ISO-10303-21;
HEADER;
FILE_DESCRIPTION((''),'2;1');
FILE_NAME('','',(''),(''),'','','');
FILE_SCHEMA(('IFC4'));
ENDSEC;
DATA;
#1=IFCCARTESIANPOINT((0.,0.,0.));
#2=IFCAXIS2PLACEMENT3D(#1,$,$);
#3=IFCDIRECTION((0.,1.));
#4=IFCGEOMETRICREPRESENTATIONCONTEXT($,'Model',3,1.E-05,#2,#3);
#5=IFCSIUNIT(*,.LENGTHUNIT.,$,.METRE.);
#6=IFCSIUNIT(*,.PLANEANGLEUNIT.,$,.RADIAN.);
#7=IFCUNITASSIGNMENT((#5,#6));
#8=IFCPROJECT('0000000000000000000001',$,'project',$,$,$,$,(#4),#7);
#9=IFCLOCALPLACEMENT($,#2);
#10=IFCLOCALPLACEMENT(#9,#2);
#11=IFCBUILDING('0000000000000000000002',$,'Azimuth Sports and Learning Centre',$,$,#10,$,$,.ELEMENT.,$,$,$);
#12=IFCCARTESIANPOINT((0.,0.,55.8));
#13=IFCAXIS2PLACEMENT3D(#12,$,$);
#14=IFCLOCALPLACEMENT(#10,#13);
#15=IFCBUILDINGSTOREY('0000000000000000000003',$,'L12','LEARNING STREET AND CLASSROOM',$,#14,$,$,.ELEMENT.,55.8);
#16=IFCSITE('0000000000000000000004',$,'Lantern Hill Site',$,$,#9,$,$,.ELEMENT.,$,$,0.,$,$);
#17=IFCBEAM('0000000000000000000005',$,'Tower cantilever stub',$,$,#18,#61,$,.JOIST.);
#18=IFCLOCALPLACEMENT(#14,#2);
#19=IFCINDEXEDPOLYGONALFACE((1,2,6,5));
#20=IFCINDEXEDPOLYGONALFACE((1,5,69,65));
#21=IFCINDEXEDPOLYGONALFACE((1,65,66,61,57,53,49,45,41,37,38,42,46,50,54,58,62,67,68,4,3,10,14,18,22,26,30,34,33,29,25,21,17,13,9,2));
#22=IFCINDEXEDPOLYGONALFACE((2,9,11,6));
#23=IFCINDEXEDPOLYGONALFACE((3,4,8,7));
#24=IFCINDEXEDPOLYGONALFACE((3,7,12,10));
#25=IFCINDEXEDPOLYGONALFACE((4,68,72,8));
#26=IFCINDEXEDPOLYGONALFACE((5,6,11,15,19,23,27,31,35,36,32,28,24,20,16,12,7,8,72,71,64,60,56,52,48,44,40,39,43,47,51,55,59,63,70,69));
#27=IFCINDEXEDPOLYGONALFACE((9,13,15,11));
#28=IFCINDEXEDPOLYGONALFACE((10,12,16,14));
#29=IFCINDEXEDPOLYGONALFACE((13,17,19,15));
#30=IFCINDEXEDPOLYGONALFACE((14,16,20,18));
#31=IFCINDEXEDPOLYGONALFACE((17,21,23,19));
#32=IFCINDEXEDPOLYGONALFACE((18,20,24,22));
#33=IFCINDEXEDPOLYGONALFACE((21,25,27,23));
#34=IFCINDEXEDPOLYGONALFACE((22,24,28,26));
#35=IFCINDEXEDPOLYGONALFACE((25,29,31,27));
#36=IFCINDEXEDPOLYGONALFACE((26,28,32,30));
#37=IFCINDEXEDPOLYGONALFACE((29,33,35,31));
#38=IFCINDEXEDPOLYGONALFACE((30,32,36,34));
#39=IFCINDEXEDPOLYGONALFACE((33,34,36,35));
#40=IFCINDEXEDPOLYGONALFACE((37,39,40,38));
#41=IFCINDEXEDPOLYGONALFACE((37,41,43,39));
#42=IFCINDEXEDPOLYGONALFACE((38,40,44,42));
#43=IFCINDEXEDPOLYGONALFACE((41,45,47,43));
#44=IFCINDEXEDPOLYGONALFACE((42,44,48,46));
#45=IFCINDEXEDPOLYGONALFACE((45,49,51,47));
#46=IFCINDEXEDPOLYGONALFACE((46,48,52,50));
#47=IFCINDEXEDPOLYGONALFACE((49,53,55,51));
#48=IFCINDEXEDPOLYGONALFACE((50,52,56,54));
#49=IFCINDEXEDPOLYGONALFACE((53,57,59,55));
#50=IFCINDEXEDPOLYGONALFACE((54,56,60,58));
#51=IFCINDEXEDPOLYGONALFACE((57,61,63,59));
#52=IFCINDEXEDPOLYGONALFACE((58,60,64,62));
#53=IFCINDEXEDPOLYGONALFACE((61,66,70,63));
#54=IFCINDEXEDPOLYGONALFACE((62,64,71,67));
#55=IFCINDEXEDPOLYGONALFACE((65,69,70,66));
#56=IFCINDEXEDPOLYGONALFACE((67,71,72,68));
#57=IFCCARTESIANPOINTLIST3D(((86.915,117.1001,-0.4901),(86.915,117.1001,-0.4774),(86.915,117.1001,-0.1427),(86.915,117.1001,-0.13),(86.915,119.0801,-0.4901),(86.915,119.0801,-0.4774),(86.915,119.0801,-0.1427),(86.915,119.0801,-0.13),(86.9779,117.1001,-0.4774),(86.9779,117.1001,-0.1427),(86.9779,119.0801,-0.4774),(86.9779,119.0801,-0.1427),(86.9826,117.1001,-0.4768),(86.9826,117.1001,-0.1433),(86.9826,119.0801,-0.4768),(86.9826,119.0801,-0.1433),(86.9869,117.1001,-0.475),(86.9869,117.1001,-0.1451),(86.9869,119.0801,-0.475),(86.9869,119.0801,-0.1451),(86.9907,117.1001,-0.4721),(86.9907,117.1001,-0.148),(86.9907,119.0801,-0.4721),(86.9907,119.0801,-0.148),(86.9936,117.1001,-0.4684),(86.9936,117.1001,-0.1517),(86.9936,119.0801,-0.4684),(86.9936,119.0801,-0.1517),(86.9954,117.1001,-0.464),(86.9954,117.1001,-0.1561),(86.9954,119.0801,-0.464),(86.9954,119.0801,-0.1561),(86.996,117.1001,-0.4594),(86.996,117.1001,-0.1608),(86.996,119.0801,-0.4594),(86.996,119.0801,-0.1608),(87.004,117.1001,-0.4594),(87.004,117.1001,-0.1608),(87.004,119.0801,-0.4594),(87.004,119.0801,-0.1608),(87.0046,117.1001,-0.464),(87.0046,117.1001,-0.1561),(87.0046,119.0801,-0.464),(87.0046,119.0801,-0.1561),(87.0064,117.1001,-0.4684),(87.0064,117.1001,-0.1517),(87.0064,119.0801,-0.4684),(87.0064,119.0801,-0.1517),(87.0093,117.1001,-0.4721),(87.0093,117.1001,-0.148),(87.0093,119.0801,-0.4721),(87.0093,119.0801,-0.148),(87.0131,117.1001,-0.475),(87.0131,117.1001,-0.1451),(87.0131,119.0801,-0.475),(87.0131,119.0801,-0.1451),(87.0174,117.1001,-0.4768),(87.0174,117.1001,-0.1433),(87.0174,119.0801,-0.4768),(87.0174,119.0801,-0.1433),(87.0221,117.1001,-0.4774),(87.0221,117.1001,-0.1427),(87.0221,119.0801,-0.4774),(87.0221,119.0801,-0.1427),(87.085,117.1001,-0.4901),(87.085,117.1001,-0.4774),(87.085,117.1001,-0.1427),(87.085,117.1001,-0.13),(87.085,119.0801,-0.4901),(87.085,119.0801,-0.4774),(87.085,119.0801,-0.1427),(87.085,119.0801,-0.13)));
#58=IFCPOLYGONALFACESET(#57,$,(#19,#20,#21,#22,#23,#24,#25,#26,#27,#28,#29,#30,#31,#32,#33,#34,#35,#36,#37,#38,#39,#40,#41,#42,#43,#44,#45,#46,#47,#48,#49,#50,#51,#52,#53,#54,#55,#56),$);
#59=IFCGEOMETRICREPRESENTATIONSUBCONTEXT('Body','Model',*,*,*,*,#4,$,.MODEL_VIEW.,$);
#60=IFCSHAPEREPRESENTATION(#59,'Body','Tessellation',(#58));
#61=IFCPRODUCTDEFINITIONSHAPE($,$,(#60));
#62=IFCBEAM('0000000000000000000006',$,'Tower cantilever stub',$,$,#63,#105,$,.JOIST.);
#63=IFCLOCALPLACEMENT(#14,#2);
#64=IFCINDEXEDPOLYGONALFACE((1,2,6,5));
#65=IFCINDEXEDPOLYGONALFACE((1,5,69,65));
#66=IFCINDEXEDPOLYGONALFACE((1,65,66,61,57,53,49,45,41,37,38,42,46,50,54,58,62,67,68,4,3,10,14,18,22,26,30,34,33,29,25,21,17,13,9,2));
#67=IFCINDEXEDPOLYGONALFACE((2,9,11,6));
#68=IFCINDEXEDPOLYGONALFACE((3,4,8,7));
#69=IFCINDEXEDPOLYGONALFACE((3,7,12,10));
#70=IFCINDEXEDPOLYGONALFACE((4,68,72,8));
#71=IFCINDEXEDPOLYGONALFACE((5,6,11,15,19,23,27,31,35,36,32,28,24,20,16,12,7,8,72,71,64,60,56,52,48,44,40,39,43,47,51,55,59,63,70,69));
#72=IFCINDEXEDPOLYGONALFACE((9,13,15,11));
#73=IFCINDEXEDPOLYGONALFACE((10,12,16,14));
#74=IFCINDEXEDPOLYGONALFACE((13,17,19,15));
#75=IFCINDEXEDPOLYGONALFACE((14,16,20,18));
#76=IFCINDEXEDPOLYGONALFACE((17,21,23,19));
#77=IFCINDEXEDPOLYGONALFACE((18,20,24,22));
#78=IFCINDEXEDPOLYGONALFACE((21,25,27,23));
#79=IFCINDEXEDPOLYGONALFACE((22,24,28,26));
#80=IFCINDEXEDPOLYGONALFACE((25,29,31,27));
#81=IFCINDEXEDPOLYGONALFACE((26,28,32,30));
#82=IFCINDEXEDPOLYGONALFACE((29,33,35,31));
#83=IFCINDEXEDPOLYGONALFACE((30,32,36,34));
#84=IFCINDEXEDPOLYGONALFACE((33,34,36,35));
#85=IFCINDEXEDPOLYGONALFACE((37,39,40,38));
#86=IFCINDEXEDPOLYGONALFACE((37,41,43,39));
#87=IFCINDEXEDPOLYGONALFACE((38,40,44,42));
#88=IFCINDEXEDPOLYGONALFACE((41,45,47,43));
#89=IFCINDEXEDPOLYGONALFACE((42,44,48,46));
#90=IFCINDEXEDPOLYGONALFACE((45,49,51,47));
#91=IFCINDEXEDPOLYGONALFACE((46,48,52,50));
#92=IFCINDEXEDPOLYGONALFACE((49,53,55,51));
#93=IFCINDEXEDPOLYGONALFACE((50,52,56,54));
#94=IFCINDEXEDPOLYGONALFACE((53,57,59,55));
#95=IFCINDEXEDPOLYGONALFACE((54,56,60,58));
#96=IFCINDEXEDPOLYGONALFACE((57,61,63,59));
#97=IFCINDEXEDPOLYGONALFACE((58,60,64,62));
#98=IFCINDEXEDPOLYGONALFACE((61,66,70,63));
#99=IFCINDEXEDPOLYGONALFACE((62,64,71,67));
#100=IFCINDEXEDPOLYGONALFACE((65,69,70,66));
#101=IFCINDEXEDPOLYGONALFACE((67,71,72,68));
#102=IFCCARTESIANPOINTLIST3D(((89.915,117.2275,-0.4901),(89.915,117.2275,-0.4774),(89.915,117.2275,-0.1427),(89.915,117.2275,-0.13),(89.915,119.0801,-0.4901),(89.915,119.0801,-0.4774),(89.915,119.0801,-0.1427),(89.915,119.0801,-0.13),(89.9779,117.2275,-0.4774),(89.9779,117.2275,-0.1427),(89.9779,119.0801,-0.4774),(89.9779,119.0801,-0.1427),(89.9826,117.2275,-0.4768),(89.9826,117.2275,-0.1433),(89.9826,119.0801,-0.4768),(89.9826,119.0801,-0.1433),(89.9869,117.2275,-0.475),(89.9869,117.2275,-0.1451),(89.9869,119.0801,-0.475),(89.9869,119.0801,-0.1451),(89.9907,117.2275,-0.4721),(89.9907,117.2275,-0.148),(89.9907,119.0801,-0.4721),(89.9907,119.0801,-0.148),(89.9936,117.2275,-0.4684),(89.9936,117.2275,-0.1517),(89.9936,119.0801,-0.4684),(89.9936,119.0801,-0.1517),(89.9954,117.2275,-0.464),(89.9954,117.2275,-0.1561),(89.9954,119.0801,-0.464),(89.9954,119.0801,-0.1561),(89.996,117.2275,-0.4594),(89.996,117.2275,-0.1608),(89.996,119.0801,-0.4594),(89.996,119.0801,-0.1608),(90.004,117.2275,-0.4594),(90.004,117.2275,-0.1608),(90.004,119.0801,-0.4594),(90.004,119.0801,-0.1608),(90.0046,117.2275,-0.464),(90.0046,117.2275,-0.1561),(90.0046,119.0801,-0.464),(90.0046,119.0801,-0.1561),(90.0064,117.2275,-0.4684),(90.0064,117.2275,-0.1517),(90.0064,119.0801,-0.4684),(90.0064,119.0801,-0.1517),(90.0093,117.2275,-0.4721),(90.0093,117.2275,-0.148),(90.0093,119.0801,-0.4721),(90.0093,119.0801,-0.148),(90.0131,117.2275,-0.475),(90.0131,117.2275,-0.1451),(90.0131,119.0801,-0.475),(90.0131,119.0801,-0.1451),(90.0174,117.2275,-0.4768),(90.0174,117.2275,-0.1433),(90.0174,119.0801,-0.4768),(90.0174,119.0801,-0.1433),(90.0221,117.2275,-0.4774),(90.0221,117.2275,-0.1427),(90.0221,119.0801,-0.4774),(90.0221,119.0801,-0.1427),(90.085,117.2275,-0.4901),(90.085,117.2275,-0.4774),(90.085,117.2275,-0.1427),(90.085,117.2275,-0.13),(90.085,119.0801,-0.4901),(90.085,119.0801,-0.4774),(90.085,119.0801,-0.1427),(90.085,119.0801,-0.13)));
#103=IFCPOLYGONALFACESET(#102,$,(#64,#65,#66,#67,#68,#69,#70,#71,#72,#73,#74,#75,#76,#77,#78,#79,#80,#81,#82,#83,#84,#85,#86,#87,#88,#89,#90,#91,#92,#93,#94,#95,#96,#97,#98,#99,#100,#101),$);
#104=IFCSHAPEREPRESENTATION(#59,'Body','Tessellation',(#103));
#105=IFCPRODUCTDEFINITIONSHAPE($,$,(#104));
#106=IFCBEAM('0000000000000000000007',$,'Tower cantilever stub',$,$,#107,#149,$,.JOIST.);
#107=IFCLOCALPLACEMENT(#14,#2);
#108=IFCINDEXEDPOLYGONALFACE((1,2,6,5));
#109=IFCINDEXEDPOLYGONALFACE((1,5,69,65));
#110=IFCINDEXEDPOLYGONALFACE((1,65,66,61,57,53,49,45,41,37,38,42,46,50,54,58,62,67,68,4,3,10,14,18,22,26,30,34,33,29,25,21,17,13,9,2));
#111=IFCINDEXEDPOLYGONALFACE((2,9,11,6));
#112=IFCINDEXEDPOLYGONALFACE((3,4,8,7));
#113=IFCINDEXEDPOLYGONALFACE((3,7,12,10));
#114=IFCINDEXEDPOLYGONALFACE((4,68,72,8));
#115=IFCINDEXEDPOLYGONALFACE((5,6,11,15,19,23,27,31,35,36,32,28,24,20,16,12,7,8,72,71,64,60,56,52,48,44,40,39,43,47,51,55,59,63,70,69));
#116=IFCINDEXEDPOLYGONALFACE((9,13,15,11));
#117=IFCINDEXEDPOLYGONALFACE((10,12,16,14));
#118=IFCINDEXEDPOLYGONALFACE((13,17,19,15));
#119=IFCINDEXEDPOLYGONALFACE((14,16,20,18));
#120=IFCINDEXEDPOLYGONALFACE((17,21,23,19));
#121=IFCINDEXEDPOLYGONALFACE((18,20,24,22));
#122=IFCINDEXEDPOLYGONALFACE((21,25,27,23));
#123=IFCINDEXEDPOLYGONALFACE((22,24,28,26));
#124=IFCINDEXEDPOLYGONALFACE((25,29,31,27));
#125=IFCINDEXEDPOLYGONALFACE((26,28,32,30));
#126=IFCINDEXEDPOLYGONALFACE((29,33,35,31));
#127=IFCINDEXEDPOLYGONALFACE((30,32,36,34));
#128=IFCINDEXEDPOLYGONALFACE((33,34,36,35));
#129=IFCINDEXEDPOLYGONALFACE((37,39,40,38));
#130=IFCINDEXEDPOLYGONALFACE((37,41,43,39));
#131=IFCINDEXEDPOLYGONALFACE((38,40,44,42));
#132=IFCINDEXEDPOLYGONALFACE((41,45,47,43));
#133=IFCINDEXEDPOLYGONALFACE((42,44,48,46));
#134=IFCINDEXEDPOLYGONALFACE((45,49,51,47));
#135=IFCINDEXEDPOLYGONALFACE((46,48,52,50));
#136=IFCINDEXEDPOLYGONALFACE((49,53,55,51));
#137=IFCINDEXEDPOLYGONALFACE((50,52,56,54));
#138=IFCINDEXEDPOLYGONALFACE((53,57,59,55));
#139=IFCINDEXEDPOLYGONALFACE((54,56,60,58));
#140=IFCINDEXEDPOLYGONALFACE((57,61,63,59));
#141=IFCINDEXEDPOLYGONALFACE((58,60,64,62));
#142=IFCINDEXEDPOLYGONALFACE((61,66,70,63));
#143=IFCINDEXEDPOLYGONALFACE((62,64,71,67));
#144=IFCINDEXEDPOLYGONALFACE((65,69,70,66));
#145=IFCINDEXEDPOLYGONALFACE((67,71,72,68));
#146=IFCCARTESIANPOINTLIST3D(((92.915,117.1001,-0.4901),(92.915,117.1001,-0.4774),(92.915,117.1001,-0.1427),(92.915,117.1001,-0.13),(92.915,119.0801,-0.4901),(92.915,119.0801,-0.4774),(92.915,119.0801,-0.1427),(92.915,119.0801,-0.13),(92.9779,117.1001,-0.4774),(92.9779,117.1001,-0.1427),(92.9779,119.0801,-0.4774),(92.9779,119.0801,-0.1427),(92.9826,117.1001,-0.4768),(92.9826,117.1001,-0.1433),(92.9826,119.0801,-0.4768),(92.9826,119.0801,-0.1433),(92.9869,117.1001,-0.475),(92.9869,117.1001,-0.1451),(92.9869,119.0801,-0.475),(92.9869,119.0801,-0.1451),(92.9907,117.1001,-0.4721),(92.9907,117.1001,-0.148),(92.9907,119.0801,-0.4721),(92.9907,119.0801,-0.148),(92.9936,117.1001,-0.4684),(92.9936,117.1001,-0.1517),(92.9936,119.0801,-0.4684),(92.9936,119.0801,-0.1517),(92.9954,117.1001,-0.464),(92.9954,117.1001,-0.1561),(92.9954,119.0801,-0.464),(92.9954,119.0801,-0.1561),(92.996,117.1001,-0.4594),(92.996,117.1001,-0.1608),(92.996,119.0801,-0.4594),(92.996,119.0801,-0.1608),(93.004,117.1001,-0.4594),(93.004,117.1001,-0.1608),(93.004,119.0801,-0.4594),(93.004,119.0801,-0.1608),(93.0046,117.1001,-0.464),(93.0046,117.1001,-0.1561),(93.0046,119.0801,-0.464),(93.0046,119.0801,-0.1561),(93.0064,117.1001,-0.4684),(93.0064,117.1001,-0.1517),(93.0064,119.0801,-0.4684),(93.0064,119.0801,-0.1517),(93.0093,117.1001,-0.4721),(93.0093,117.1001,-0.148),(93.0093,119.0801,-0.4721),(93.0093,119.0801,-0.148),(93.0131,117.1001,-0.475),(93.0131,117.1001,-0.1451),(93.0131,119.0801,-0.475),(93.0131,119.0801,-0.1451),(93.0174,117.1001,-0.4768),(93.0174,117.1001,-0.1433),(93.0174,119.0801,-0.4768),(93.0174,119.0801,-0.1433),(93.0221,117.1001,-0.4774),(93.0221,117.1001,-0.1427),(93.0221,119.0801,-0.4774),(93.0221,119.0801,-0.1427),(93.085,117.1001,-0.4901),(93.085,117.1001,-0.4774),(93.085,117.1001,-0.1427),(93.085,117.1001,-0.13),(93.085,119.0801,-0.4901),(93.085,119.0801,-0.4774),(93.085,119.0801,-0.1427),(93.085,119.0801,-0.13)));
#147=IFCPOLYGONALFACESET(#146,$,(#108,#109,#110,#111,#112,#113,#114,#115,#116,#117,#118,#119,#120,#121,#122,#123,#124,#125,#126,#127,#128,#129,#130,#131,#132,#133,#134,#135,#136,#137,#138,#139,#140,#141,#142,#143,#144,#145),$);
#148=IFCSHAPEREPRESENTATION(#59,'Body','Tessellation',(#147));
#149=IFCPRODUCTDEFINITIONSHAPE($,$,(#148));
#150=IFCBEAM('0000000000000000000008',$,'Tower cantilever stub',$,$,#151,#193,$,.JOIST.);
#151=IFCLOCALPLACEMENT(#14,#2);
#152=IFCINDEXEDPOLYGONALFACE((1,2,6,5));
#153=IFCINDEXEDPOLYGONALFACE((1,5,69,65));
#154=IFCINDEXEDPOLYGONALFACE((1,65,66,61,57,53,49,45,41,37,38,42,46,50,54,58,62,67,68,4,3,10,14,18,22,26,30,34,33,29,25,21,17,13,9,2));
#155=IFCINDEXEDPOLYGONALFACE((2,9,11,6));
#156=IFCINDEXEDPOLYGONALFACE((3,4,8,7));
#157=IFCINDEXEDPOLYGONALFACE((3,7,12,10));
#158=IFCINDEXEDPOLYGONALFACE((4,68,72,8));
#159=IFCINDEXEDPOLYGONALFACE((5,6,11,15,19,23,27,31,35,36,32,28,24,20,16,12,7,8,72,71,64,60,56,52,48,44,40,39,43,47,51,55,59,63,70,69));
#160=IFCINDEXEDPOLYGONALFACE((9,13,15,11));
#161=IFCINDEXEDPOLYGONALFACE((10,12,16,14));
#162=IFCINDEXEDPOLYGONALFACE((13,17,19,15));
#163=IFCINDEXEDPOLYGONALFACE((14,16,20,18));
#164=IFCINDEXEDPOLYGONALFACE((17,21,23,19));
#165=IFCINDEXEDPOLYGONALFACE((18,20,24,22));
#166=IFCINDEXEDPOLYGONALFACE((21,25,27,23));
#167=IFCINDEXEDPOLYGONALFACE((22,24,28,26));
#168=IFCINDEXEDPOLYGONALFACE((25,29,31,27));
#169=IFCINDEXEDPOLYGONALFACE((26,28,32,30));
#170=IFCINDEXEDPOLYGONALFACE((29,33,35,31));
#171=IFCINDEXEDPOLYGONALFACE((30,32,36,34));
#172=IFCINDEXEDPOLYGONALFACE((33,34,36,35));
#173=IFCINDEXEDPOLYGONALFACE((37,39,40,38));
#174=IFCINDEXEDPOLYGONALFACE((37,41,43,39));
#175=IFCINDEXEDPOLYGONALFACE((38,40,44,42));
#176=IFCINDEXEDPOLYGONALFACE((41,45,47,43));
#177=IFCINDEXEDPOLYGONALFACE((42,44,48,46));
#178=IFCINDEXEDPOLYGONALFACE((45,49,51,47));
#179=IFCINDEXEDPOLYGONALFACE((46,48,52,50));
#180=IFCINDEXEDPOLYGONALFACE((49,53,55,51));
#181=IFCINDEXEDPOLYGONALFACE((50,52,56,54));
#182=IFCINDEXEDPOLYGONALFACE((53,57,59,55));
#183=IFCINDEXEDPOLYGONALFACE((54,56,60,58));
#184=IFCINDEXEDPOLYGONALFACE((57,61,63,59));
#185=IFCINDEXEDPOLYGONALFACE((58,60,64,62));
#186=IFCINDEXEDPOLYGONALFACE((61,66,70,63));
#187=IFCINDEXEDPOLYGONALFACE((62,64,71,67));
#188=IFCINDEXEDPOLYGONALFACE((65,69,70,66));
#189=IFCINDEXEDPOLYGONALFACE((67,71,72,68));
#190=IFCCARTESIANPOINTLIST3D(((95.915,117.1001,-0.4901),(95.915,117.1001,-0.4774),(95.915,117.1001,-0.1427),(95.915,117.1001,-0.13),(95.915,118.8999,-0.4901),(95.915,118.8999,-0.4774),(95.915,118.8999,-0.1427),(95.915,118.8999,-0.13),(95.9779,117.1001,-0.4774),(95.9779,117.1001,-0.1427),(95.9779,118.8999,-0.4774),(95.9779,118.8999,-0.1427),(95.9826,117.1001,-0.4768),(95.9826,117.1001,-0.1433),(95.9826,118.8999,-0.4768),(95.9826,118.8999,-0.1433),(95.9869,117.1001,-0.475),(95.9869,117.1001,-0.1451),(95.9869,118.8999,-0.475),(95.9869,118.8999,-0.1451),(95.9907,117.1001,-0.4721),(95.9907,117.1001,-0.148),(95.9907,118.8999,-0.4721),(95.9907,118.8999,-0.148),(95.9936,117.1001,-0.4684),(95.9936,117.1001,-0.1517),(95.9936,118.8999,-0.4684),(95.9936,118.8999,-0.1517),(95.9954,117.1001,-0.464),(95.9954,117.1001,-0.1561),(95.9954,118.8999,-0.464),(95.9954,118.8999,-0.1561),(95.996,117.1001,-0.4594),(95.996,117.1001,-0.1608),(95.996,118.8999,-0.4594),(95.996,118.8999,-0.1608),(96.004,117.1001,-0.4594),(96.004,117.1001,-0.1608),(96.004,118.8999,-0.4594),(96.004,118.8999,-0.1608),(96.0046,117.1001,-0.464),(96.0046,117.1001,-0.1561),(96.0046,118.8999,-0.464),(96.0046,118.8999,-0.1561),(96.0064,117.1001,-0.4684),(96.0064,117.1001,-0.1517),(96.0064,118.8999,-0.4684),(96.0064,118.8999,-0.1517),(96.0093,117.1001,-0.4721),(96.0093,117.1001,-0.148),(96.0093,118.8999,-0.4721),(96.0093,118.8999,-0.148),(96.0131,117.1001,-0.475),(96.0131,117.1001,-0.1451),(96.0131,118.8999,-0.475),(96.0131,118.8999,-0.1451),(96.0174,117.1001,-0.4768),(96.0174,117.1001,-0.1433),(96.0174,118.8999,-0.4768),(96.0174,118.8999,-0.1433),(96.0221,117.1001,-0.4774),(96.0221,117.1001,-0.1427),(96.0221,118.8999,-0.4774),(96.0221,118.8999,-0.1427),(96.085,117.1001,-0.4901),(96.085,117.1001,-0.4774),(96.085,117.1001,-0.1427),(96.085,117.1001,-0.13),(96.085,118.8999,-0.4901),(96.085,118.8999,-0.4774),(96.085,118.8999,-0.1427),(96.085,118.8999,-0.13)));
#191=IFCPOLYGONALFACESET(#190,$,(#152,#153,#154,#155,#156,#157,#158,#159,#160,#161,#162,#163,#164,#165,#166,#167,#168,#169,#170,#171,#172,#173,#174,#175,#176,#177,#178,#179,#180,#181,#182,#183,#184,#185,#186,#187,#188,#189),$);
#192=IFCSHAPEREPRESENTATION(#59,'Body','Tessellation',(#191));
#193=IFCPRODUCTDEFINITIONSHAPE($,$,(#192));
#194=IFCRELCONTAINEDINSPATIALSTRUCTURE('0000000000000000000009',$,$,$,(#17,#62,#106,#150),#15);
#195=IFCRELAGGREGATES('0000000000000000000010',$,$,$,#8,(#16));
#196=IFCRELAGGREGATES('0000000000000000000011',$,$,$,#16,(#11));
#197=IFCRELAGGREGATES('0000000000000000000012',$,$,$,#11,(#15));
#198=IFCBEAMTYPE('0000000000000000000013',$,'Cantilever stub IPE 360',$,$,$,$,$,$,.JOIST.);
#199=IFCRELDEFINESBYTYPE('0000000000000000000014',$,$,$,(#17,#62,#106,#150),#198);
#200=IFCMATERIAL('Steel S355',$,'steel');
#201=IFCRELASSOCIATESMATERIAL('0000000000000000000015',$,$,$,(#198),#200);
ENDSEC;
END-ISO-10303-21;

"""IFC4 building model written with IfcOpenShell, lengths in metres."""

from ifc_helpers import new_model, si_unit, direction, frame, origin, origin_2d, place, context, subcontext, project, spatial, i_section, extrude, material, material_profile, profile_set, type_object, element, save


model = new_model("IFC4")

# Units and contexts
model_context = context("Model", 3, precision=1e-05, world=origin(), true_north=direction((0.0, 1.0)))
body_context = subcontext(model_context, "Body", "Model", "MODEL_VIEW")
ifc_project = project(units=[si_unit("LENGTHUNIT", "METRE"), si_unit("PLANEANGLEUNIT", "RADIAN")], contexts=[model_context])

# Site, building, storey
site_placement = place(None, origin())
site = spatial("IfcSite", under=ifc_project, at=site_placement, Name="Lantern Hill Site", CompositionType="ELEMENT", RefElevation=0.0)
building_placement = place(site_placement, origin())
building = spatial("IfcBuilding", under=site, at=building_placement, Name="Azimuth Sports and Learning Centre", CompositionType="ELEMENT")
storey_placement = place(building_placement, frame((0.0, 0.0, 55.8)))
storey = spatial("IfcBuildingStorey", under=building, at=storey_placement, Name="L12", Description="LEARNING STREET AND CLASSROOM", CompositionType="ELEMENT", Elevation=55.8)

# Beams
ifc_material_1 = material(Name="Steel S355", Category="steel")
ifc_material_profile_1 = material_profile(ifc_material_1, i_section(OverallWidth=0.1699, OverallDepth=0.3601, WebThickness=0.0081, FlangeThickness=0.0127, FilletRadius=0.0181, at=origin_2d()), Name="IPE 360")
ifc_profile_set_1 = profile_set([ifc_material_profile_1], Name="Steel S355")
beam_type_1 = type_object("IfcBeamType", Name="Cantilever stub IPE 360", PredefinedType="JOIST", material=ifc_profile_set_1)
beam_1_placement = place(storey_placement, frame((87.0, 117.1001, -0.3101), z_axis=(0.0, 1.0, 0.0), x_axis=(-1.0, 0.0, 0.0)))
element("IfcBeam", 1, at=beam_1_placement, inside=storey, type_object=beam_type_1, Name="Tower cantilever stub", PredefinedType="JOIST", context=body_context, shape_type="SweptSolid", body=[
    extrude(i_section(OverallWidth=0.1699, OverallDepth=0.3601, WebThickness=0.0081, FlangeThickness=0.0127, FilletRadius=0.0181, at=origin_2d()), origin(), (0.0, 0.0, 1.0), 1.98),
])
beam_2_placement = place(storey_placement, frame((90.0, 117.2275, -0.3101), z_axis=(0.0, 1.0, 0.0), x_axis=(-1.0, 0.0, 0.0)))
element("IfcBeam", 2, at=beam_2_placement, inside=storey, type_object=beam_type_1, Name="Tower cantilever stub", PredefinedType="JOIST", context=body_context, shape_type="SweptSolid", body=[
    extrude(i_section(OverallWidth=0.1699, OverallDepth=0.3601, WebThickness=0.0081, FlangeThickness=0.0127, FilletRadius=0.0181, at=origin_2d()), origin(), (0.0, 0.0, 1.0), 1.8525),
])
beam_3_placement = place(storey_placement, frame((93.0, 117.1001, -0.3101), z_axis=(0.0, 1.0, 0.0), x_axis=(-1.0, 0.0, 0.0)))
element("IfcBeam", 3, at=beam_3_placement, inside=storey, type_object=beam_type_1, Name="Tower cantilever stub", PredefinedType="JOIST", context=body_context, shape_type="SweptSolid", body=[
    extrude(i_section(OverallWidth=0.1699, OverallDepth=0.3601, WebThickness=0.0081, FlangeThickness=0.0127, FilletRadius=0.0181, at=origin_2d()), origin(), (0.0, 0.0, 1.0), 1.98),
])
beam_4_placement = place(storey_placement, frame((96.0, 117.1001, -0.3101), z_axis=(0.0, 1.0, 0.0), x_axis=(-1.0, 0.0, 0.0)))
element("IfcBeam", 4, at=beam_4_placement, inside=storey, type_object=beam_type_1, Name="Tower cantilever stub", PredefinedType="JOIST", context=body_context, shape_type="SweptSolid", body=[
    extrude(i_section(OverallWidth=0.1699, OverallDepth=0.3601, WebThickness=0.0081, FlangeThickness=0.0127, FilletRadius=0.0181, at=origin_2d()), origin(), (0.0, 0.0, 1.0), 1.7998),
])

save(model, "model.ifc")
